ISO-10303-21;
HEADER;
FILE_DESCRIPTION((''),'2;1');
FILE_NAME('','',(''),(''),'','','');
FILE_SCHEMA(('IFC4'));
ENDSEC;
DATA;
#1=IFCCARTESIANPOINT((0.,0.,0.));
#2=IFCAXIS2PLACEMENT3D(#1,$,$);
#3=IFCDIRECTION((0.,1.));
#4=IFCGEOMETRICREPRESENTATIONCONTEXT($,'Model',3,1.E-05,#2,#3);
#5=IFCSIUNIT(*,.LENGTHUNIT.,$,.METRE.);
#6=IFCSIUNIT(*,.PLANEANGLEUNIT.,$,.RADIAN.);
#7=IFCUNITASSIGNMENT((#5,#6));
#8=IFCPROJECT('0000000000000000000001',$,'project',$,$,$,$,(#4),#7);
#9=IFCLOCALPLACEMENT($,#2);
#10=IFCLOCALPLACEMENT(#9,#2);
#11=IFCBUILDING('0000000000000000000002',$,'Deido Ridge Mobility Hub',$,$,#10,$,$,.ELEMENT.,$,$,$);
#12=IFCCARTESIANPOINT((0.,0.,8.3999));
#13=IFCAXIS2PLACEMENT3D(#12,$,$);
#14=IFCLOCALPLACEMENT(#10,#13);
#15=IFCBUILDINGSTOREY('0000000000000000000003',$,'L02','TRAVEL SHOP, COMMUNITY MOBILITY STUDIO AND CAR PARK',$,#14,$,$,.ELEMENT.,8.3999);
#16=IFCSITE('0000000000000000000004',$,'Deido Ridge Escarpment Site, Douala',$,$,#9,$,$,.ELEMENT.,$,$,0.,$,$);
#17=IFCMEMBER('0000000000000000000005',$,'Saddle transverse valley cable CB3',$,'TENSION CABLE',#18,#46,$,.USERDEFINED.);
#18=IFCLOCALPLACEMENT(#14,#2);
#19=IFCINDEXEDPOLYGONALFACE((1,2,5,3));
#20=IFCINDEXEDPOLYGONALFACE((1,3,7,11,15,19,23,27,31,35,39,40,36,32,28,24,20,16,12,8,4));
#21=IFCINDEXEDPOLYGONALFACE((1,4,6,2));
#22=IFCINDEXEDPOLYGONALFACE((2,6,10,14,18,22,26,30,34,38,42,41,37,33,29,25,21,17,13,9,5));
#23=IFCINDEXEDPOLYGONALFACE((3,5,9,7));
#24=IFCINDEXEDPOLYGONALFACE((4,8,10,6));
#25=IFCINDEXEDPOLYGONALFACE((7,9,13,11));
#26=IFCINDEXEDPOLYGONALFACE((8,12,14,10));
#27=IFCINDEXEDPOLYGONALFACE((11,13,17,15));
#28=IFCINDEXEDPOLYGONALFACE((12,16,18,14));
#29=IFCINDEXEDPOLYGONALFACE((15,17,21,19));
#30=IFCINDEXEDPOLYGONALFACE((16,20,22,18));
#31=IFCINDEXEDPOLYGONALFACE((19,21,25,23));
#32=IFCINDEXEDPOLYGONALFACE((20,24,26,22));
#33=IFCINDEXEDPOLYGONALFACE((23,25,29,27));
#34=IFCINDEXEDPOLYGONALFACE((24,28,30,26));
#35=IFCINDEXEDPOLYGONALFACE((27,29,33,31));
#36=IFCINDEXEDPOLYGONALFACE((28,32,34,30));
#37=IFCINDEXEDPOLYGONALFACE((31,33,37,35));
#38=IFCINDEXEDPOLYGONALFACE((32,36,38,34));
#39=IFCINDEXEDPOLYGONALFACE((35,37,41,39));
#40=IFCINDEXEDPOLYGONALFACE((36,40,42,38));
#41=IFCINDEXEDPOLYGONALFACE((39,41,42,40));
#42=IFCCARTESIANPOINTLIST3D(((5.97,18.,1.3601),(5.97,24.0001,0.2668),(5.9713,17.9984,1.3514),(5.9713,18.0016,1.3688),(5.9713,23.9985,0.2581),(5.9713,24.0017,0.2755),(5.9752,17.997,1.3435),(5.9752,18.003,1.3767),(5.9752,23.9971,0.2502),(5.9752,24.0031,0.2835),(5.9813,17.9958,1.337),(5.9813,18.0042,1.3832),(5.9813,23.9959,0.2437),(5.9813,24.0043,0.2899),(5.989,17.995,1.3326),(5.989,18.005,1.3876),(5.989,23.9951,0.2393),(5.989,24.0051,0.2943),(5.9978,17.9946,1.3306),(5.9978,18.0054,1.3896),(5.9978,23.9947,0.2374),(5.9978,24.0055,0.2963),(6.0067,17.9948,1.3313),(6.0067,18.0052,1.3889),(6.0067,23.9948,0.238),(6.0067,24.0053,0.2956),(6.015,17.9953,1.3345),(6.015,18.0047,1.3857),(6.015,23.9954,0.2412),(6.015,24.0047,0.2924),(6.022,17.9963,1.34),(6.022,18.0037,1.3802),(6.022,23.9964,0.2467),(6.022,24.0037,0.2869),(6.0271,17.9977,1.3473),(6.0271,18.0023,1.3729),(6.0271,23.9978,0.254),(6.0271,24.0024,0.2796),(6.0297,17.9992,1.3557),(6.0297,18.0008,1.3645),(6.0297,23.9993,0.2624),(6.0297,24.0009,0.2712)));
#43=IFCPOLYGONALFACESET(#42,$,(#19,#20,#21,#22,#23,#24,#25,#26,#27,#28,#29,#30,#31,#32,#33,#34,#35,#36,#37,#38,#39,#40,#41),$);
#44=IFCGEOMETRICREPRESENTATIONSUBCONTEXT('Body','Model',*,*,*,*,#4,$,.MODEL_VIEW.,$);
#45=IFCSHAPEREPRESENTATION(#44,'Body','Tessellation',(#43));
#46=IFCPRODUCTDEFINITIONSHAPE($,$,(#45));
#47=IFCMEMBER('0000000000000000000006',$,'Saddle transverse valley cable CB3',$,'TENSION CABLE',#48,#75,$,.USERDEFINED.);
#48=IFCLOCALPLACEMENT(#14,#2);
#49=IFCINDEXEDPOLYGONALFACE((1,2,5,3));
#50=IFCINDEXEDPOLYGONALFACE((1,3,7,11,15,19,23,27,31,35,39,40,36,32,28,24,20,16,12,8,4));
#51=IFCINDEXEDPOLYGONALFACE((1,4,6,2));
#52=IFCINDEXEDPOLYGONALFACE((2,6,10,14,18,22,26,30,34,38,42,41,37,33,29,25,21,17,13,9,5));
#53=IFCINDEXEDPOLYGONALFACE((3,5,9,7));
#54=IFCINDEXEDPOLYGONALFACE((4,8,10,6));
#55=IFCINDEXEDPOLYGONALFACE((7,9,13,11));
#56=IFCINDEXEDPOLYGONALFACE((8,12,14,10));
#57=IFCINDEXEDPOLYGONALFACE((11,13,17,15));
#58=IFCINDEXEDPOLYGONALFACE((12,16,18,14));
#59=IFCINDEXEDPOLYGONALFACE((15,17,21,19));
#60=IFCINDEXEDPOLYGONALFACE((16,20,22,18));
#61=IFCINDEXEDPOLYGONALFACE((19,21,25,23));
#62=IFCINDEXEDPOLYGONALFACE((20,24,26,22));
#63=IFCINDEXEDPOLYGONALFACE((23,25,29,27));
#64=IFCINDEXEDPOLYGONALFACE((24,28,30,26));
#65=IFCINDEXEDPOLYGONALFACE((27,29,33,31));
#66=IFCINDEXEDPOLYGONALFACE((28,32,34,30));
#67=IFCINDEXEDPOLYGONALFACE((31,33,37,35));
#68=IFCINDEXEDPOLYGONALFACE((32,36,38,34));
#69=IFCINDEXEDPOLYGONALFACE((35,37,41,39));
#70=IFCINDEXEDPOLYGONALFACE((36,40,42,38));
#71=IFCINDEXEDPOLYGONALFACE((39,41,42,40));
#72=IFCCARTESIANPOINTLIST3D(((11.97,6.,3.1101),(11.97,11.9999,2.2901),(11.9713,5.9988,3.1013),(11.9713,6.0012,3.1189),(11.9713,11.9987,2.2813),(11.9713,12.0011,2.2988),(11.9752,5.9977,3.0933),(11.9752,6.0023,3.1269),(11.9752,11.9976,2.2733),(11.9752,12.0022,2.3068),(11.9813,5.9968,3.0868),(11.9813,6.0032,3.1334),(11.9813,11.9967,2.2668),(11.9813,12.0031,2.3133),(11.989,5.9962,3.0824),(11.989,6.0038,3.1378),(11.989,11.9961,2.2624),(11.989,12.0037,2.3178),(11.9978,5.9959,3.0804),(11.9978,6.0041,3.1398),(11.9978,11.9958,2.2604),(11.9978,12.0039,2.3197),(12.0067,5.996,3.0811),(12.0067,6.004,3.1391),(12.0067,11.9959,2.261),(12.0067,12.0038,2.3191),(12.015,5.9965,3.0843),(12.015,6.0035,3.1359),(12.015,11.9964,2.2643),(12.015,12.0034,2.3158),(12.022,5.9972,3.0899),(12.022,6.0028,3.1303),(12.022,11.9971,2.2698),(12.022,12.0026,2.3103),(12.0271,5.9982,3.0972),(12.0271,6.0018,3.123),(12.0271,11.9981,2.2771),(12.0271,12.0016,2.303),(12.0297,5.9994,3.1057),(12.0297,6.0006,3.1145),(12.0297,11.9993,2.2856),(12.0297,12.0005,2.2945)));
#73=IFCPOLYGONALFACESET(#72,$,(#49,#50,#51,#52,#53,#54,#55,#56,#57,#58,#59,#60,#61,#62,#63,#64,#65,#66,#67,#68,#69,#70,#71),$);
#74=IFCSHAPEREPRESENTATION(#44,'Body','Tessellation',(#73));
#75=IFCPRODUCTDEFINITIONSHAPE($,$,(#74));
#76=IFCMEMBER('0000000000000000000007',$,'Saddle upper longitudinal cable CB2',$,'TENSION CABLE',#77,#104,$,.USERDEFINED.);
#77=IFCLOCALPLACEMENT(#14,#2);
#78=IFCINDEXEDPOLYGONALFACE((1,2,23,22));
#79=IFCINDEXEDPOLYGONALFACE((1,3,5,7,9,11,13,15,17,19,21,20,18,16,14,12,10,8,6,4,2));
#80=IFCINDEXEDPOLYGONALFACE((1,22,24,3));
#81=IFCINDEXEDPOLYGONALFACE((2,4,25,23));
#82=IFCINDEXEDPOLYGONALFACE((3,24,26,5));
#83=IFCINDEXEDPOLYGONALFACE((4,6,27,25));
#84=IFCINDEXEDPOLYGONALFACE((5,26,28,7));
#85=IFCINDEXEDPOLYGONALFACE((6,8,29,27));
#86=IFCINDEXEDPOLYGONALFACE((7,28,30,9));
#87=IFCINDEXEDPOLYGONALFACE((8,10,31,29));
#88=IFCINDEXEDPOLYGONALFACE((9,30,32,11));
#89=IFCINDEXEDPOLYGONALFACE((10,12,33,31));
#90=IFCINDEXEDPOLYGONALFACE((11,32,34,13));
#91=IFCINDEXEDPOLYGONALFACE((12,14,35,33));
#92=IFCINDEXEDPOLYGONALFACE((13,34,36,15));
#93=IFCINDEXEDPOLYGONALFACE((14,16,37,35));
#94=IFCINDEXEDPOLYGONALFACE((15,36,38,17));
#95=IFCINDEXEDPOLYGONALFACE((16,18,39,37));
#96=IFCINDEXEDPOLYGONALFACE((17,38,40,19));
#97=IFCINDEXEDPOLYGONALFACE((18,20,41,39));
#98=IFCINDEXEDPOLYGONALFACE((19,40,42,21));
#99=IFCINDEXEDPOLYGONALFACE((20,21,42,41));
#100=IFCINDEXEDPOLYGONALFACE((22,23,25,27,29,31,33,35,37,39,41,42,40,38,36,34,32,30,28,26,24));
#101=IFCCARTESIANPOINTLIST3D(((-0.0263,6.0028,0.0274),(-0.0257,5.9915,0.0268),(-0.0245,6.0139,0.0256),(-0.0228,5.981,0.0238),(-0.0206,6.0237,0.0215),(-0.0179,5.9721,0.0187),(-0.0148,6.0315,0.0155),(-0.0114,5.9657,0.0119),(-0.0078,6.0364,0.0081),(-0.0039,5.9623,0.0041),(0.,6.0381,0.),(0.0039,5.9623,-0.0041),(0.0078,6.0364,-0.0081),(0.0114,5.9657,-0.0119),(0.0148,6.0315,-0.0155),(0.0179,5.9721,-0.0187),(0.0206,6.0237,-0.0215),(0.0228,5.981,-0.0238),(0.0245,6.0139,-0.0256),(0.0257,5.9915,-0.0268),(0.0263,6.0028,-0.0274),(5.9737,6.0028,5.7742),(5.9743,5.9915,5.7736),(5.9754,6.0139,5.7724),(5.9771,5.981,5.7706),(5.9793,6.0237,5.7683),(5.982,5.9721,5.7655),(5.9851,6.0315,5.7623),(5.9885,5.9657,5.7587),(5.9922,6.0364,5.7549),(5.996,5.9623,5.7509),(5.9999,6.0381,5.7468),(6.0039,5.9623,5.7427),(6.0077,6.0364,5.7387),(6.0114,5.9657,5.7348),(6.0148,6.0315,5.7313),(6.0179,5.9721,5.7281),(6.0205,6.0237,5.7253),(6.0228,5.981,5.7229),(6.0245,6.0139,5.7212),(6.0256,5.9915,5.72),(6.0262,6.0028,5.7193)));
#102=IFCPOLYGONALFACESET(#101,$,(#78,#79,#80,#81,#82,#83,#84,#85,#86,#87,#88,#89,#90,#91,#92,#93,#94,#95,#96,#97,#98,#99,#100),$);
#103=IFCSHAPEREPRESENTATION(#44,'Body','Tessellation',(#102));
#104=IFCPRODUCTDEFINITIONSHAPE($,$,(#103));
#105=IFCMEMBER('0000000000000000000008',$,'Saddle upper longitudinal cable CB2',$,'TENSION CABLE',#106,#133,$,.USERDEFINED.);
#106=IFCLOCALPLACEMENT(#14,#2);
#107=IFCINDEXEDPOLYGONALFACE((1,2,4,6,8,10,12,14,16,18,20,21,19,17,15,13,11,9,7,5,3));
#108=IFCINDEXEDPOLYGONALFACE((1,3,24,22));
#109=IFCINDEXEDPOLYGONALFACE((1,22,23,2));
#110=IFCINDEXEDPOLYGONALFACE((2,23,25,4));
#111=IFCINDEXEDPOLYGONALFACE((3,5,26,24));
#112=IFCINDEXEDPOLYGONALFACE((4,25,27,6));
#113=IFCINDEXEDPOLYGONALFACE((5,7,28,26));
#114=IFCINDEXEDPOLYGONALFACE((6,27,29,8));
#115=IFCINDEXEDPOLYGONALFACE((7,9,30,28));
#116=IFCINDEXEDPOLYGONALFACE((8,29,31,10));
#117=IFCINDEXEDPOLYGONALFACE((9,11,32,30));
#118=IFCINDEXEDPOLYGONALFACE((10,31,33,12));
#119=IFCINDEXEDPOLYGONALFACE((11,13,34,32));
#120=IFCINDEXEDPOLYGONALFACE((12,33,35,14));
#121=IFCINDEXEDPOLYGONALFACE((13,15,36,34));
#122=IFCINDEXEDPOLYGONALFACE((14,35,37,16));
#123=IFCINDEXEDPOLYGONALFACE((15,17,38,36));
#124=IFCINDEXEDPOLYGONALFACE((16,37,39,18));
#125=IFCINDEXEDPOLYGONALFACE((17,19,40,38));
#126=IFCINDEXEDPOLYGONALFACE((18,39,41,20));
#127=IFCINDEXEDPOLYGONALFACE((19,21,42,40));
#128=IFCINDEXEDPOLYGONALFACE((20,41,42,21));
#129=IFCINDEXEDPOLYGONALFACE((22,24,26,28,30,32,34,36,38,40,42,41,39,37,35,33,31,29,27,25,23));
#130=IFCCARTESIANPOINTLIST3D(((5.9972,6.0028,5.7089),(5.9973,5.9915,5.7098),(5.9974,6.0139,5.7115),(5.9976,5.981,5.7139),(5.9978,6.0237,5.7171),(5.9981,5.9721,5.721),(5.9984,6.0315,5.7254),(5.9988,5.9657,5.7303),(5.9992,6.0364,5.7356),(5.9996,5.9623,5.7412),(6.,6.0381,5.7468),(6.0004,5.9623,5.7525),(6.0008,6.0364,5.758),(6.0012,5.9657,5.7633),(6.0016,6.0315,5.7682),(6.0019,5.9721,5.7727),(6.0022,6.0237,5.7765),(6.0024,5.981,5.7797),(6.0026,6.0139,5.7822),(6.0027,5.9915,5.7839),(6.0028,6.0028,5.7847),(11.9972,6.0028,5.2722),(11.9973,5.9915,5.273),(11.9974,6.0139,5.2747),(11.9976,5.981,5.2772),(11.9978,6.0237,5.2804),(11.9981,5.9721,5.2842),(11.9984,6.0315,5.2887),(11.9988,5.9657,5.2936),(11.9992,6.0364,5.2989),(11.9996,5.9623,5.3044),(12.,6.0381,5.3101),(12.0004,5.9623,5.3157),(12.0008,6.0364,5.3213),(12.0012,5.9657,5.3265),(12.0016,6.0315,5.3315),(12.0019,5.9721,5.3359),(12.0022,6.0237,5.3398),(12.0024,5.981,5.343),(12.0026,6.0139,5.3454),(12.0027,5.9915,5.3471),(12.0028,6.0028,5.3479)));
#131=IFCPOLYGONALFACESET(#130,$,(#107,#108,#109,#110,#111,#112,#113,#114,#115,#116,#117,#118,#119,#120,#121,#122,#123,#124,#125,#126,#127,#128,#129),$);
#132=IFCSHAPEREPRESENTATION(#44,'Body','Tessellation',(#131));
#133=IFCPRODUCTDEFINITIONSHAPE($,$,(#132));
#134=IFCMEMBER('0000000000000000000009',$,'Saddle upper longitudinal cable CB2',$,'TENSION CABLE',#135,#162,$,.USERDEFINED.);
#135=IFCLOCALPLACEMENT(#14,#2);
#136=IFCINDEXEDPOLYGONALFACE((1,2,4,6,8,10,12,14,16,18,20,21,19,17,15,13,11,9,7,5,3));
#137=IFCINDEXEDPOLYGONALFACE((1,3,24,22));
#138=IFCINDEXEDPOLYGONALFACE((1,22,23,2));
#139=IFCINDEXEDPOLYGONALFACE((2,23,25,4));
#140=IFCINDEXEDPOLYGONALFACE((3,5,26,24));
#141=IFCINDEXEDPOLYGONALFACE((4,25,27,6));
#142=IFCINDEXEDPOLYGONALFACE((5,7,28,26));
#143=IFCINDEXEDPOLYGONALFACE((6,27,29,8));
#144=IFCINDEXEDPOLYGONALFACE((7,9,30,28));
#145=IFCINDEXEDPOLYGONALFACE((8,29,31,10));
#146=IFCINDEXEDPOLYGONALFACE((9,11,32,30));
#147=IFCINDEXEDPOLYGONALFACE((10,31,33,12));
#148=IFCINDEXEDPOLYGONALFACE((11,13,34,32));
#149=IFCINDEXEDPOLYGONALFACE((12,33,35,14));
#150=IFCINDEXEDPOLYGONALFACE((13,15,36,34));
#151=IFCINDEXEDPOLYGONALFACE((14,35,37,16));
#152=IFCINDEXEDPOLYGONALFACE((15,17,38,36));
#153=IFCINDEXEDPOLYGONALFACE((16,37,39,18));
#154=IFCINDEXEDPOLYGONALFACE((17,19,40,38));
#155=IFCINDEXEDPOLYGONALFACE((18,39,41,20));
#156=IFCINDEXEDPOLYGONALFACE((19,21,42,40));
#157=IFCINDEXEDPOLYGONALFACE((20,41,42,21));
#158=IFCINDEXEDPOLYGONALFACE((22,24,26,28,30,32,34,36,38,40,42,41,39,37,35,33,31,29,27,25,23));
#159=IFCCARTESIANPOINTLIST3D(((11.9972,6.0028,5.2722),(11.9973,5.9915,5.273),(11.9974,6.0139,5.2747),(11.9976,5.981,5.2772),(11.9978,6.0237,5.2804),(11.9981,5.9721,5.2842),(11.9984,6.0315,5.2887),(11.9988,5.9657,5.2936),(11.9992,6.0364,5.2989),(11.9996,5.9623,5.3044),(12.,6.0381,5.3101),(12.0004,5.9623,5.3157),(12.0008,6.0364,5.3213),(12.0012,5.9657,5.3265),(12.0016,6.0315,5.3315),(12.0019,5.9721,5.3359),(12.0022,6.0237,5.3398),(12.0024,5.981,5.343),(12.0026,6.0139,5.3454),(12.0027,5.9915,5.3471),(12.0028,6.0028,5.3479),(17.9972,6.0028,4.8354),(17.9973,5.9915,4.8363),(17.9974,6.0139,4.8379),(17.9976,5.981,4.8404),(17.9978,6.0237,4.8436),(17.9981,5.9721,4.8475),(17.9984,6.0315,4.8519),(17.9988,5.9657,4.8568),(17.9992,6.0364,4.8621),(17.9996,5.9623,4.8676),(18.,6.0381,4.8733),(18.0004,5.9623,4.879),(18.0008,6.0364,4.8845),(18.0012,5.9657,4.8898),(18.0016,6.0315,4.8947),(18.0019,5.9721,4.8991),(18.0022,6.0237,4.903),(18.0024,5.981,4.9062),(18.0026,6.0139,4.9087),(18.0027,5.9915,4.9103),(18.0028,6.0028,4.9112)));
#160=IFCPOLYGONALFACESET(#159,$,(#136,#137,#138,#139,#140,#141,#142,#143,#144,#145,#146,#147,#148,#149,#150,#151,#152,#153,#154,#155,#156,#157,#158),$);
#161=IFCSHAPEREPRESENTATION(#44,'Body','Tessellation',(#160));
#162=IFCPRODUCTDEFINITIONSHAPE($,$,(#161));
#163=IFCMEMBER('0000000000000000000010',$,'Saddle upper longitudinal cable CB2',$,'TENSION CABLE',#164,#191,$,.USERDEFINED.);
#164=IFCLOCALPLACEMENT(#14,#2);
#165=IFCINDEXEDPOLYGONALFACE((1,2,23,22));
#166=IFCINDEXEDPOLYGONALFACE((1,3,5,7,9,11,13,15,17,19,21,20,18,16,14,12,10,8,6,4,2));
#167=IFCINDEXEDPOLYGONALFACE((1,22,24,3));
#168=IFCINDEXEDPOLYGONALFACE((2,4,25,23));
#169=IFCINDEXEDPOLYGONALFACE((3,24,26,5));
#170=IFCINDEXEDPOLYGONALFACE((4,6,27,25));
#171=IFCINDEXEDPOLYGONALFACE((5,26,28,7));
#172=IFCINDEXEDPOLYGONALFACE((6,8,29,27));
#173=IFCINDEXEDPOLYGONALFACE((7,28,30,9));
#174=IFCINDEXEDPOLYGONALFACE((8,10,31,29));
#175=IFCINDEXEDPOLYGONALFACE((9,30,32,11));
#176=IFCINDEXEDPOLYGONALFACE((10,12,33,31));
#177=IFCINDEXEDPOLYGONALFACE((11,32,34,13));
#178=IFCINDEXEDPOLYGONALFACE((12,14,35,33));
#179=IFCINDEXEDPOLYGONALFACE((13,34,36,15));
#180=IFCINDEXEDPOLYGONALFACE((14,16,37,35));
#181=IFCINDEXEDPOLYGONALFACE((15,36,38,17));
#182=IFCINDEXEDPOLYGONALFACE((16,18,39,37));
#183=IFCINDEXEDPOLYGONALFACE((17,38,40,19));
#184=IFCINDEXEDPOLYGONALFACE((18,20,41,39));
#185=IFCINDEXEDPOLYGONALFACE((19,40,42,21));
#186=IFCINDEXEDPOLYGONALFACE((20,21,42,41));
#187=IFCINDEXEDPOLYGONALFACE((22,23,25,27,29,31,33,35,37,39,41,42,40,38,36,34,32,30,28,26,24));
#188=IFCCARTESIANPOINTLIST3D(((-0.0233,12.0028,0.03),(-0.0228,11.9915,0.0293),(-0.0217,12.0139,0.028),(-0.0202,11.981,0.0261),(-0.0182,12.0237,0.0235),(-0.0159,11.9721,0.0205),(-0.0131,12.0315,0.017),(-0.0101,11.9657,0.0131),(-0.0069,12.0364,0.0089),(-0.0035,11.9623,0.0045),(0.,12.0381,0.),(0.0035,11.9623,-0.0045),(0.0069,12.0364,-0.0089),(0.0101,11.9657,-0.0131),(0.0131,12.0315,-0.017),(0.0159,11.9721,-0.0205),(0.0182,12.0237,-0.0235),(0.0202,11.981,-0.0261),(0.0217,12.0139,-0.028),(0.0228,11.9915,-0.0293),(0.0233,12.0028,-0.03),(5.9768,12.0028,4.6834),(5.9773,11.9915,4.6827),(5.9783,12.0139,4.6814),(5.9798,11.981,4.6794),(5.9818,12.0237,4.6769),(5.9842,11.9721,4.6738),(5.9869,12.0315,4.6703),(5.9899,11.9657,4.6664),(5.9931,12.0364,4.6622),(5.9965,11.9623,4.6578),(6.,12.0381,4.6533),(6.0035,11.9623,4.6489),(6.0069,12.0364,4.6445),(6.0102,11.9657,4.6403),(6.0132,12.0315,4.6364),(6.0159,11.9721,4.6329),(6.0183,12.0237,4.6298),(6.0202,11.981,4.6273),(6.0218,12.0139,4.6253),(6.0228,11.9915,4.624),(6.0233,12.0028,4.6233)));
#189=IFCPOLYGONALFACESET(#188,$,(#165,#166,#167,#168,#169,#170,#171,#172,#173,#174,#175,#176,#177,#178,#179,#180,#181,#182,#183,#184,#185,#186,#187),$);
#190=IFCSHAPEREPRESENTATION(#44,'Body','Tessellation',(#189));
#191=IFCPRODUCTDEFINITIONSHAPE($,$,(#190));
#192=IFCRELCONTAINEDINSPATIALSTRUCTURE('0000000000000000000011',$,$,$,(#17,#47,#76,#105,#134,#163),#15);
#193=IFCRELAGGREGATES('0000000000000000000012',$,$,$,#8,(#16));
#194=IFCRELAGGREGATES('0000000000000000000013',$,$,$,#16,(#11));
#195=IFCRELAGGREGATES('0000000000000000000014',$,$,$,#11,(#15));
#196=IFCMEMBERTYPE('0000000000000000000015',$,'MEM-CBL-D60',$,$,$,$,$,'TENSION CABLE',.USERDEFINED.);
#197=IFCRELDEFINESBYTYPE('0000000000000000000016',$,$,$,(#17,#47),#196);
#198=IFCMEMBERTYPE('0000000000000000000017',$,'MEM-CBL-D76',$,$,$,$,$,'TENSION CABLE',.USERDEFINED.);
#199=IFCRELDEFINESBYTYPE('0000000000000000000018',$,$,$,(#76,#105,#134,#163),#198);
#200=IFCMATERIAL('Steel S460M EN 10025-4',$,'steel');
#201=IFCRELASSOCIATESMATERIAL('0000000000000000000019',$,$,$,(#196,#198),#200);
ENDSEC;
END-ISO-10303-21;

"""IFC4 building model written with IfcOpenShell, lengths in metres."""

from ifc_helpers import new_model, si_unit, direction, frame, origin, origin_2d, place, context, subcontext, project, spatial, circle, extrude, material, material_profile, profile_set, type_object, element, save


model = new_model("IFC4")

# Units and contexts
model_context = context("Model", 3, precision=1e-05, world=origin(), true_north=direction((0.0, 1.0)))
body_context = subcontext(model_context, "Body", "Model", "MODEL_VIEW")
ifc_project = project(units=[si_unit("LENGTHUNIT", "METRE"), si_unit("PLANEANGLEUNIT", "RADIAN")], contexts=[model_context])

# Site, building, storey
site_placement = place(None, origin())
site = spatial("IfcSite", under=ifc_project, at=site_placement, Name="Deido Ridge Escarpment Site, Douala", CompositionType="ELEMENT", RefElevation=0.0)
building_placement = place(site_placement, origin())
building = spatial("IfcBuilding", under=site, at=building_placement, Name="Deido Ridge Mobility Hub", CompositionType="ELEMENT")
storey_placement = place(building_placement, frame((0.0, 0.0, 8.3999)))
storey = spatial("IfcBuildingStorey", under=building, at=storey_placement, Name="L02", Description="TRAVEL SHOP, COMMUNITY MOBILITY STUDIO AND CAR PARK", CompositionType="ELEMENT", Elevation=8.3999)

# Members
ifc_material_1 = material(Name="Steel S460M EN 10025-4", Category="steel")
ifc_material_profile_1 = material_profile(ifc_material_1, circle(Radius=0.03, at=origin_2d()), Name="CABLE D60")
ifc_profile_set_1 = profile_set([ifc_material_profile_1], Name="Steel S460M EN 10025-4")
member_type_1 = type_object("IfcMemberType", Name="MEM-CBL-D60", ElementType="TENSION CABLE", PredefinedType="USERDEFINED", material=ifc_profile_set_1)
for number, where, z_axis, x_axis, name in (
    (1, (6.0, 18.0, 1.3601), (0.0, 0.983802, -0.179259), (-1.0, 0.0, 0.0), "Saddle transverse valley cable CB3"),
):
    element("IfcMember", number, at=place(storey_placement, frame(where, z_axis=z_axis, x_axis=x_axis)), inside=storey, type_object=member_type_1, Name=name, ObjectType="TENSION CABLE", PredefinedType="USERDEFINED", context=body_context, shape_type="SweptSolid", body=[
        extrude(circle(Radius=0.03, at=origin_2d()), origin(), (0.0, 0.0, 1.0), 6.0989),
    ])
member_1_placement = place(storey_placement, frame((12.0, 6.0, 3.1101), z_axis=(0.0, 0.990788, -0.135419), x_axis=(-1.0, 0.0, 0.0)))
element("IfcMember", 2, at=member_1_placement, inside=storey, type_object=member_type_1, Name="Saddle transverse valley cable CB3", ObjectType="TENSION CABLE", PredefinedType="USERDEFINED", context=body_context, shape_type="SweptSolid", body=[
    extrude(circle(Radius=0.03, at=origin_2d()), origin(), (0.0, 0.0, 1.0), 6.0557),
])
ifc_material_profile_2 = material_profile(ifc_material_1, circle(Radius=0.0381, at=origin_2d()), Name="CABLE D76")
ifc_profile_set_2 = profile_set([ifc_material_profile_2], Name="Steel S460M EN 10025-4")
member_type_2 = type_object("IfcMemberType", Name="MEM-CBL-D76", ElementType="TENSION CABLE", PredefinedType="USERDEFINED", material=ifc_profile_set_2)
member_2_placement = place(storey_placement, frame((0.0, 6.0, 0.0), z_axis=(0.722179, 0.0, 0.691706), x_axis=(0.0, 1.0, 0.0)))
element("IfcMember", 3, at=member_2_placement, inside=storey, type_object=member_type_2, Name="Saddle upper longitudinal cable CB2", ObjectType="TENSION CABLE", PredefinedType="USERDEFINED", context=body_context, shape_type="SweptSolid", body=[
    extrude(circle(Radius=0.0381, at=origin_2d()), origin(), (0.0, 0.0, 1.0), 8.3081),
])
for number, where, z_axis, x_axis, name in (
    (4, (6.0, 6.0, 5.7468), (0.997361, 0.0, -0.072602), (0.0, 1.0, 0.0), "Saddle upper longitudinal cable CB2"),
    (5, (12.0, 6.0, 5.3101), (0.997361, 0.0, -0.072602), (0.0, 1.0, 0.0), "Saddle upper longitudinal cable CB2"),
):
    element("IfcMember", number, at=place(storey_placement, frame(where, z_axis=z_axis, x_axis=x_axis)), inside=storey, type_object=member_type_2, Name=name, ObjectType="TENSION CABLE", PredefinedType="USERDEFINED", context=body_context, shape_type="SweptSolid", body=[
        extrude(circle(Radius=0.0381, at=origin_2d()), origin(), (0.0, 0.0, 1.0), 6.0159),
    ])
member_3_placement = place(storey_placement, frame((0.0, 12.0, 0.0), z_axis=(0.790203, 0.0, 0.612845), x_axis=(0.0, 1.0, 0.0)))
element("IfcMember", 6, at=member_3_placement, inside=storey, type_object=member_type_2, Name="Saddle upper longitudinal cable CB2", ObjectType="TENSION CABLE", PredefinedType="USERDEFINED", context=body_context, shape_type="SweptSolid", body=[
    extrude(circle(Radius=0.0381, at=origin_2d()), origin(), (0.0, 0.0, 1.0), 7.593),
])

save(model, "model.ifc")
